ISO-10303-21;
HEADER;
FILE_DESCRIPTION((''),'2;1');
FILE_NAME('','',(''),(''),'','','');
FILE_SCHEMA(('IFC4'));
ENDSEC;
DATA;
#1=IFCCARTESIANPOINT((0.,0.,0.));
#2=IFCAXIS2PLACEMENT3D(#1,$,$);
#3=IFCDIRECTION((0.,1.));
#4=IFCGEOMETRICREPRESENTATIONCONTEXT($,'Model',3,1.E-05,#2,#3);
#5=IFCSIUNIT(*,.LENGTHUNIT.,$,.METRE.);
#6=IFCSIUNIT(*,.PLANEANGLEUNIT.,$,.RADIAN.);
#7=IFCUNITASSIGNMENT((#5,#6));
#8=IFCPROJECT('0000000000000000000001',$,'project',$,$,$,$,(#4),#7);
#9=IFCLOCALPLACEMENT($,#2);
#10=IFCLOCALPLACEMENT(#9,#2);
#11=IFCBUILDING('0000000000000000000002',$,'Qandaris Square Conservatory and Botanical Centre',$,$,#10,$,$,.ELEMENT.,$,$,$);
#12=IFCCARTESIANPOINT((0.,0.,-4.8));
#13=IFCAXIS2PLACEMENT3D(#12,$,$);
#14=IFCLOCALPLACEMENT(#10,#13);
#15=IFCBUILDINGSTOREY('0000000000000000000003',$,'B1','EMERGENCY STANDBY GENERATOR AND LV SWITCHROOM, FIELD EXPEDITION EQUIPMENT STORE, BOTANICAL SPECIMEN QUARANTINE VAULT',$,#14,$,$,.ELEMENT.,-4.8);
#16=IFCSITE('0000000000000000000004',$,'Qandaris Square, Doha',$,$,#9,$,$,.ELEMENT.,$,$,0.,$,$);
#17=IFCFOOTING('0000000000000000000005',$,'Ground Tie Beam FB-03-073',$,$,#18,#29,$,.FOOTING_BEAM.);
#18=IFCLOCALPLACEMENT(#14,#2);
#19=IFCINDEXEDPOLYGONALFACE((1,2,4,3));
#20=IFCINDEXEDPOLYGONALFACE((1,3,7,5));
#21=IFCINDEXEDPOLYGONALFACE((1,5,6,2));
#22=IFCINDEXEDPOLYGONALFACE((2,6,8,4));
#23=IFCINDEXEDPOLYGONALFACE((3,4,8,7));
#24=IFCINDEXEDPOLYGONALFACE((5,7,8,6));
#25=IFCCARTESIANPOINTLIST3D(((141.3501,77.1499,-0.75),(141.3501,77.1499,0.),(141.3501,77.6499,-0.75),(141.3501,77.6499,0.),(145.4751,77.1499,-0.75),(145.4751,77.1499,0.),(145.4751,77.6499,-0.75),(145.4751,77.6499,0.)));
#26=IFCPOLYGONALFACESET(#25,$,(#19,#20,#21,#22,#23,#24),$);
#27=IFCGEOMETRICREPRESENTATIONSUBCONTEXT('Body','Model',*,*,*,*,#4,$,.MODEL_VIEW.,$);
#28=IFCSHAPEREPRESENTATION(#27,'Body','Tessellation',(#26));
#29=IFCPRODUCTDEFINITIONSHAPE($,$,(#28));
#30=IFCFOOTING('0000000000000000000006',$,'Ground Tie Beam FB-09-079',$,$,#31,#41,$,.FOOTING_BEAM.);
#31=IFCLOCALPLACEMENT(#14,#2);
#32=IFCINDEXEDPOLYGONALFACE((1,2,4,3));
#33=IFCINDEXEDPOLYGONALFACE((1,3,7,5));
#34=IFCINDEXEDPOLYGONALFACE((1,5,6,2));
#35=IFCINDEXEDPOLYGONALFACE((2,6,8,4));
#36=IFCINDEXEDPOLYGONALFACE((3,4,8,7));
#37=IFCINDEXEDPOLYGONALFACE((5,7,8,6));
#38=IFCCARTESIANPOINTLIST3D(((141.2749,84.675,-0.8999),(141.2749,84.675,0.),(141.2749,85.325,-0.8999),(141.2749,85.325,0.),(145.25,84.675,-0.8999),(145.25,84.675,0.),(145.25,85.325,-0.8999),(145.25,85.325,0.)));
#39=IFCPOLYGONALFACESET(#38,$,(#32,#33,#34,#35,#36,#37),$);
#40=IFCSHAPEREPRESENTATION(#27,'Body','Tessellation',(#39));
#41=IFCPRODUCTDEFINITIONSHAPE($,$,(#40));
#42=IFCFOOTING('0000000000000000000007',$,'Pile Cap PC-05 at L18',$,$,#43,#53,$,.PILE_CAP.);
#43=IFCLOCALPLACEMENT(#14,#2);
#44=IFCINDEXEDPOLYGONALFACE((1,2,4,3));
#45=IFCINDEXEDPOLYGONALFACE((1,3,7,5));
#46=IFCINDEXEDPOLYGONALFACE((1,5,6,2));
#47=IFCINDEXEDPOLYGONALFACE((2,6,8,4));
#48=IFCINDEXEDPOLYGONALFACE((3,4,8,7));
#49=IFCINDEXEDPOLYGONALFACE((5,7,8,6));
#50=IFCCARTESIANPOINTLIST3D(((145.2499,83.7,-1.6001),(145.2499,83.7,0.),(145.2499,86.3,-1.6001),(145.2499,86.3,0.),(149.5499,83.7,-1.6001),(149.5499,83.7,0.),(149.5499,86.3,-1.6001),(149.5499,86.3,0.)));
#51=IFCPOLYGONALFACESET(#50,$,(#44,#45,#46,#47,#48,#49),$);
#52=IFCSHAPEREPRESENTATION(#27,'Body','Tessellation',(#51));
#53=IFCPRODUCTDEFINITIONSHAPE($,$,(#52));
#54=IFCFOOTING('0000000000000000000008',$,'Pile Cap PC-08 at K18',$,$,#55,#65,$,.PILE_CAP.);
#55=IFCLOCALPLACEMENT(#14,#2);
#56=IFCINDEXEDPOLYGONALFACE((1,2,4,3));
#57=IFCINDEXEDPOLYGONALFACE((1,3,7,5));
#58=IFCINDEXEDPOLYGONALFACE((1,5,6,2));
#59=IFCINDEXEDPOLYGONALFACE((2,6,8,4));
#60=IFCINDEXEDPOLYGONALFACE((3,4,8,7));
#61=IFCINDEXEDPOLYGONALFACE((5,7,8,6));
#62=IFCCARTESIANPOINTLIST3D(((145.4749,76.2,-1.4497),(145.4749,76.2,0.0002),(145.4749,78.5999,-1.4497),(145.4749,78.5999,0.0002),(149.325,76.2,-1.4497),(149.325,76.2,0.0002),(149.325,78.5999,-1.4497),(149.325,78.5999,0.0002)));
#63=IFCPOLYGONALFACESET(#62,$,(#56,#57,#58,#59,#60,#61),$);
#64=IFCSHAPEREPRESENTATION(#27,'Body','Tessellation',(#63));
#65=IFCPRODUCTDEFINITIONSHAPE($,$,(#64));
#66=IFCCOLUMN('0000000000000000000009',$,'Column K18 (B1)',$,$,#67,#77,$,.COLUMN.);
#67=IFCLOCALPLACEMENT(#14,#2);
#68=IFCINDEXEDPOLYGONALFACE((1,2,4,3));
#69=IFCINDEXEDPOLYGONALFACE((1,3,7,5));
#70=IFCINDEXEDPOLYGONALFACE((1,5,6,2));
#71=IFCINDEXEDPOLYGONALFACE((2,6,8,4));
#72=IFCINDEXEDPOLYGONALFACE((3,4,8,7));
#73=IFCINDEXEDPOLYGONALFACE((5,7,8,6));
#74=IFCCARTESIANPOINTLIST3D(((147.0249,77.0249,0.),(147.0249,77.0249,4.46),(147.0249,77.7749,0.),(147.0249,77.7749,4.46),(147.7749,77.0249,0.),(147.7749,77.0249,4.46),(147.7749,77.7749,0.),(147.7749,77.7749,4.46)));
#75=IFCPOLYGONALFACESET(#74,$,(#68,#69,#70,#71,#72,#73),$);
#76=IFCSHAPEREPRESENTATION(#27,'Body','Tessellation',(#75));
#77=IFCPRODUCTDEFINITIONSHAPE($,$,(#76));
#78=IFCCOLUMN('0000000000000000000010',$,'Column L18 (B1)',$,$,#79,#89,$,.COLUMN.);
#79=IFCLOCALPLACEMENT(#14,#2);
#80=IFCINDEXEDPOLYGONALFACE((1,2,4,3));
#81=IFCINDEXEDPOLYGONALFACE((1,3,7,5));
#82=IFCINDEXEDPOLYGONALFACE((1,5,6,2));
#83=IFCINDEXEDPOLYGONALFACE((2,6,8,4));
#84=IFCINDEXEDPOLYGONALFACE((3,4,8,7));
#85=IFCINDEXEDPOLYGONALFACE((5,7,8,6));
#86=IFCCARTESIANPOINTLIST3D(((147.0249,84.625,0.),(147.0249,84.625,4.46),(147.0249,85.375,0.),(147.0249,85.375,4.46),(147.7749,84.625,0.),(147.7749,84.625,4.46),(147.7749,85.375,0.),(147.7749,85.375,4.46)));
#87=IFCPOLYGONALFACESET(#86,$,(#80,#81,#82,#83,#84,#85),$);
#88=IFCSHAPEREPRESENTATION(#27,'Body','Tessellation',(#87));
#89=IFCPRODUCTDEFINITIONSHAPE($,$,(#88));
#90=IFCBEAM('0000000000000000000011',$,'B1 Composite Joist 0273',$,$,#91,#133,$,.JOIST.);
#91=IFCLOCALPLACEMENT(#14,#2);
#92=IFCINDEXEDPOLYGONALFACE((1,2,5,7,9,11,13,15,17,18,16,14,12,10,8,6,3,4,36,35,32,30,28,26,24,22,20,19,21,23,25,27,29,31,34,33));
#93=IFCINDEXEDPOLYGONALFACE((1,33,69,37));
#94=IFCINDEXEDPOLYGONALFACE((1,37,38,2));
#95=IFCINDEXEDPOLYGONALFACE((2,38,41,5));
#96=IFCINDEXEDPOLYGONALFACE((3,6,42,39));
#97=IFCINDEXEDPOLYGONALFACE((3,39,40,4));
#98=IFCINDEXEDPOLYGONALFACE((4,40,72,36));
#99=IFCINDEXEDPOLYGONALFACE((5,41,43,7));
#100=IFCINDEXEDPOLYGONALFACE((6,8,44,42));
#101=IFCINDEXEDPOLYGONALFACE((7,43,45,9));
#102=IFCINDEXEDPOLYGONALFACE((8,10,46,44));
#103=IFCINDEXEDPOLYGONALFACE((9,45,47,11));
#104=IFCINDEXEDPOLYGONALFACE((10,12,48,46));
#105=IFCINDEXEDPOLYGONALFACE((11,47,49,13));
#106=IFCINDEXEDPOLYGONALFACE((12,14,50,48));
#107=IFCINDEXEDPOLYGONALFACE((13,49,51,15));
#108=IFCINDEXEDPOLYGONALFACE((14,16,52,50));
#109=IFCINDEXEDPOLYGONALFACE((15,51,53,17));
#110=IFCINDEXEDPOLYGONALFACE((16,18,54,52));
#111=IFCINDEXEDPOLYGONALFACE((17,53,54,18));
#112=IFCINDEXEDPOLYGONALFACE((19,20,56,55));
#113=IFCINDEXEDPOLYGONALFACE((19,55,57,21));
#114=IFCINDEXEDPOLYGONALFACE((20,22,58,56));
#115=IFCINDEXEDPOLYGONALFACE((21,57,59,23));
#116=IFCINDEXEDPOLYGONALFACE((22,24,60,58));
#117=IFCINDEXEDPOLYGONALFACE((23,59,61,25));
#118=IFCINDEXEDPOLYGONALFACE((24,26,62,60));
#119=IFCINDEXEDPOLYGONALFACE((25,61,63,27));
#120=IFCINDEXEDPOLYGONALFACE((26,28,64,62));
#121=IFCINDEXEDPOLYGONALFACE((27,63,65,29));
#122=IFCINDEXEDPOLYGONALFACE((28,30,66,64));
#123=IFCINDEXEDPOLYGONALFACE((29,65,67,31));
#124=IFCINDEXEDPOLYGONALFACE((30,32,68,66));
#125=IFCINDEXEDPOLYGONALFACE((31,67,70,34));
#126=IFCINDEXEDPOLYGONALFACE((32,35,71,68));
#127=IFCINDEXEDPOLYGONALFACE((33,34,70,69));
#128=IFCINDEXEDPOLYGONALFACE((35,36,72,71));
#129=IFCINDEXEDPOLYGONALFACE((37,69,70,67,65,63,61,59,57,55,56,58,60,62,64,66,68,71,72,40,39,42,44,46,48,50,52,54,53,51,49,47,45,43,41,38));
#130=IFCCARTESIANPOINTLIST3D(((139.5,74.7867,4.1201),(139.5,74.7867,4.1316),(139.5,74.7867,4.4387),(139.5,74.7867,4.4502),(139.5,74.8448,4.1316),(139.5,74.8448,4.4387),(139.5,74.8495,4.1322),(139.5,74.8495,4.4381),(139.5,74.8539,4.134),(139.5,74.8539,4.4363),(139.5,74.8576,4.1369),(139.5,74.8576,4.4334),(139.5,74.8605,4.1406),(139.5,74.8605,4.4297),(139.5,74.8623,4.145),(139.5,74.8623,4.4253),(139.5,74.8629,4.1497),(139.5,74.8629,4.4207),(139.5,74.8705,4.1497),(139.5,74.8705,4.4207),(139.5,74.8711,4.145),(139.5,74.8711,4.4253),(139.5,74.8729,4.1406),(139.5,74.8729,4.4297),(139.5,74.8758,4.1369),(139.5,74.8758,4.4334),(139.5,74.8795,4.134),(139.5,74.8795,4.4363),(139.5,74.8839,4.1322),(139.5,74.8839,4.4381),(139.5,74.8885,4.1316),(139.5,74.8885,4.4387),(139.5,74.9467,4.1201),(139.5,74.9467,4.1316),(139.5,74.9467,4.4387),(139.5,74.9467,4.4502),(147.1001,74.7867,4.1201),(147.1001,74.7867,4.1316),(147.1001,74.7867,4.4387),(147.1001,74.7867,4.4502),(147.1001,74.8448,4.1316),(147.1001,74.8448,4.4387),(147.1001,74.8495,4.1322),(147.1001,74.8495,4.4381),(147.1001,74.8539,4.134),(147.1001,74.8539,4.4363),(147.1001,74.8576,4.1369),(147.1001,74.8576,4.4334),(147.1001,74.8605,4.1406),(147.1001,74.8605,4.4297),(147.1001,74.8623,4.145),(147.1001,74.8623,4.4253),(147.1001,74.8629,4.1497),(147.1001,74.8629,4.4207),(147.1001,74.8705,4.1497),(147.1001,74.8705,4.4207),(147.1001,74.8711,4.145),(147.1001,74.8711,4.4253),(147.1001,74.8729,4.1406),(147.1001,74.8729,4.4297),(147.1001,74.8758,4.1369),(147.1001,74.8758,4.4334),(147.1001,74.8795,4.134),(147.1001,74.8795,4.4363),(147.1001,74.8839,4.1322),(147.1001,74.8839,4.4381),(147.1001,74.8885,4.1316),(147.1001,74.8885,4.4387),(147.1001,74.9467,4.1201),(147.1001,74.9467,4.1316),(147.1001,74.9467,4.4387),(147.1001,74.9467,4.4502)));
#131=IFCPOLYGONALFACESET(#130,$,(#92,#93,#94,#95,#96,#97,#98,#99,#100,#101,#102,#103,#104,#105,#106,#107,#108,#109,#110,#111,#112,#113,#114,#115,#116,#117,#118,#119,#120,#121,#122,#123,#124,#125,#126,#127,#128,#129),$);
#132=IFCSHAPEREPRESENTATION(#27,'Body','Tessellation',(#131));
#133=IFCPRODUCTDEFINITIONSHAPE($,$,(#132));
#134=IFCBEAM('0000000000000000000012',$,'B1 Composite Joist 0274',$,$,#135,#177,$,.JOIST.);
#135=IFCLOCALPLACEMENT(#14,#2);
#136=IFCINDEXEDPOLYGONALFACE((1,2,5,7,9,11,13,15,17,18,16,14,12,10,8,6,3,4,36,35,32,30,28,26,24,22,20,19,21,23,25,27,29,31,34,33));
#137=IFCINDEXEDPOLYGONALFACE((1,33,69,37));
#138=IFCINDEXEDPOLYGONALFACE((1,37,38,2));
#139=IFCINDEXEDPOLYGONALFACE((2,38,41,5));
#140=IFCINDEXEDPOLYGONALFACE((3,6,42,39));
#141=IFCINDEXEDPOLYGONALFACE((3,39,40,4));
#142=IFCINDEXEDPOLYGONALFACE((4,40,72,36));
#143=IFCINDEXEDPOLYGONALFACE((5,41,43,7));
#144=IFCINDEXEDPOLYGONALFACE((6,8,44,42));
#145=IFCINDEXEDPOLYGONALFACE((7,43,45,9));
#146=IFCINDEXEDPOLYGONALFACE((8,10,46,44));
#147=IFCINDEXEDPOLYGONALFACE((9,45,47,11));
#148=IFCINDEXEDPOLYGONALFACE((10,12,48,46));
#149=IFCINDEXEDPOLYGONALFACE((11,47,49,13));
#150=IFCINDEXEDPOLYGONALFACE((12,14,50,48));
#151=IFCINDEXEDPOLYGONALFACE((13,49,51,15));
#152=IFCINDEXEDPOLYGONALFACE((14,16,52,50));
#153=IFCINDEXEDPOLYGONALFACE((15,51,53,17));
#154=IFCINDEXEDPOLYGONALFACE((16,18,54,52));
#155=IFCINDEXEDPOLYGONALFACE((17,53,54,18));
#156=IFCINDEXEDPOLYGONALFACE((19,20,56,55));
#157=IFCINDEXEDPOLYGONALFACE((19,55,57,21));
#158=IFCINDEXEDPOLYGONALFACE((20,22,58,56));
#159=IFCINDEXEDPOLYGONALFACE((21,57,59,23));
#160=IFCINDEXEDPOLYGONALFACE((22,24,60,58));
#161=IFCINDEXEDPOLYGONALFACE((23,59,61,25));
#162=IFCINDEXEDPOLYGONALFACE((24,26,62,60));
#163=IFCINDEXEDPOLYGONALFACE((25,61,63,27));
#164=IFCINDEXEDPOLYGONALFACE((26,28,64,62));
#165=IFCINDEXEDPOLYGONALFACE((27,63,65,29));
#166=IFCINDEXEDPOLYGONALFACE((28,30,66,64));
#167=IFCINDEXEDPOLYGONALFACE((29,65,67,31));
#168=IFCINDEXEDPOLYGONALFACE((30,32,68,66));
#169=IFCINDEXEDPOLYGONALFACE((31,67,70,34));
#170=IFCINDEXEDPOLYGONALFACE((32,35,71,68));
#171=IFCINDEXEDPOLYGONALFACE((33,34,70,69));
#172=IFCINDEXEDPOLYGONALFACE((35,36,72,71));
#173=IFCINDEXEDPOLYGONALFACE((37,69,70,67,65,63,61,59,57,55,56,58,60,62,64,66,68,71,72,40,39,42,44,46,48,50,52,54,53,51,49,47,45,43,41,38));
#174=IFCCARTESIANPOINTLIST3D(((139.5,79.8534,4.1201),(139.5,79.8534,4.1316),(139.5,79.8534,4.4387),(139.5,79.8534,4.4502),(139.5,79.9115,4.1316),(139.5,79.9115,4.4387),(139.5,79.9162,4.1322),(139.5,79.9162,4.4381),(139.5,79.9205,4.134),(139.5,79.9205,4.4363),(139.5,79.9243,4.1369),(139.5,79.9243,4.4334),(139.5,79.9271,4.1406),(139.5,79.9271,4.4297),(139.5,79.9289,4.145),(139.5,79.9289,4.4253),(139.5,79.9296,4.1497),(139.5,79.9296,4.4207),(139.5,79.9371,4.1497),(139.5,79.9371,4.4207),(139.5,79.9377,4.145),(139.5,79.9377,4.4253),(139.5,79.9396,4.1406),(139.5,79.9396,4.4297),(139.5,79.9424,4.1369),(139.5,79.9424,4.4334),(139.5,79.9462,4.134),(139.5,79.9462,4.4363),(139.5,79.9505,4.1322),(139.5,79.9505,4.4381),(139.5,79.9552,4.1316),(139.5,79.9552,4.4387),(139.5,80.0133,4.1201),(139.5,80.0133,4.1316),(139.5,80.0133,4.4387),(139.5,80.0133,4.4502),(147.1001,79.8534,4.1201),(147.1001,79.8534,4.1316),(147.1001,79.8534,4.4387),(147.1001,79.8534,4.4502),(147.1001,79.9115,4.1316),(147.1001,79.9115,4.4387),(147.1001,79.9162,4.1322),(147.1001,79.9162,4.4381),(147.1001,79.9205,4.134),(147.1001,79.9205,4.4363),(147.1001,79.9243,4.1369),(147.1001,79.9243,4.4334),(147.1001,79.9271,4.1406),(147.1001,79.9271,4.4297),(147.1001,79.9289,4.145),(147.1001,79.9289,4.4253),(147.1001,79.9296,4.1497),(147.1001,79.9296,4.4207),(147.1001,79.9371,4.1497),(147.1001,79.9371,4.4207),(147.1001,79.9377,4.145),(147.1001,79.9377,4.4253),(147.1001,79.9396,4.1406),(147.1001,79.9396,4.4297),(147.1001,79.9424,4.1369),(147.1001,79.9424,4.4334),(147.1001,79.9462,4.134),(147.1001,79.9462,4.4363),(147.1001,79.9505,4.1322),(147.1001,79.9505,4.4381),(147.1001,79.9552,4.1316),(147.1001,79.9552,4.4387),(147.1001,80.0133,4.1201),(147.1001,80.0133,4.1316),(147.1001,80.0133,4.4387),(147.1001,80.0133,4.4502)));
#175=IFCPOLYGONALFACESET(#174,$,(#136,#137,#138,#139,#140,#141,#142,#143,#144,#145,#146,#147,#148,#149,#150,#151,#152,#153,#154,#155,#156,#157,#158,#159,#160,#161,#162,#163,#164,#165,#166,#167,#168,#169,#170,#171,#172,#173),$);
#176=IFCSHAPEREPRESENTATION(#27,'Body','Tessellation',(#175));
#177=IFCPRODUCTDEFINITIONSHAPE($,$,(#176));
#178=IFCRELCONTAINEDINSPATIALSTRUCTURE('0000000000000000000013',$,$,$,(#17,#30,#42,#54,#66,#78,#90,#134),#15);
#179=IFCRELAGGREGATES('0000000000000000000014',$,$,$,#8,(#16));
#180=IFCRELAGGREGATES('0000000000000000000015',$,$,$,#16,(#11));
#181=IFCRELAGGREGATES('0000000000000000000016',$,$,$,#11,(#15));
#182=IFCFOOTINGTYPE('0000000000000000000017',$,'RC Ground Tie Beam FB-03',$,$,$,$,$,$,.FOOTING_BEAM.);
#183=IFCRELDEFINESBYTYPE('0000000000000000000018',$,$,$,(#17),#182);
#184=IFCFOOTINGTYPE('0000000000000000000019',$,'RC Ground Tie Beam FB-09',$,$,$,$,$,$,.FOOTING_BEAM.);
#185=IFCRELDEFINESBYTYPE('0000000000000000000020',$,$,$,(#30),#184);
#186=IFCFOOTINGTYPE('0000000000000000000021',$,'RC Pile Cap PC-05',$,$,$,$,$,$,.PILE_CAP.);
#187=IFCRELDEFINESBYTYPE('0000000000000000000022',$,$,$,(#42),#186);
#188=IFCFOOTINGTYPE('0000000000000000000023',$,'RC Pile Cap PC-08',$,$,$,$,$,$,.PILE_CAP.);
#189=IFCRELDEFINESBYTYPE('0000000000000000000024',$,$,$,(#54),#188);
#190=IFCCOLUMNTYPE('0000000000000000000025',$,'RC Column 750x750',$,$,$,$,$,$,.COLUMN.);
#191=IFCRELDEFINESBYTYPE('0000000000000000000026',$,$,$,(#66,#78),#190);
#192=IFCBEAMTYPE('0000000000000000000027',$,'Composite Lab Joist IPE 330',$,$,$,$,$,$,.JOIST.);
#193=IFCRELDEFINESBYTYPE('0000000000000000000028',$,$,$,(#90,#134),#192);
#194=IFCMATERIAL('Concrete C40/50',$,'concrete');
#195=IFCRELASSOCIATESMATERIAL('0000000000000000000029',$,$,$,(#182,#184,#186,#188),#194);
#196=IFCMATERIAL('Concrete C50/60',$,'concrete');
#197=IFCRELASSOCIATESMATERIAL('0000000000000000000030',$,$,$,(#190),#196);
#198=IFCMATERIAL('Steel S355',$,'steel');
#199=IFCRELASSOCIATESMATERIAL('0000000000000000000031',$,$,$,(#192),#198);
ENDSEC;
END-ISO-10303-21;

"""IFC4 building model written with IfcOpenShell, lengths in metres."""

from ifc_helpers import new_model, si_unit, direction, frame, origin, origin_2d, place, context, subcontext, project, spatial, rectangle, i_section, extrude, material, material_profile, profile_set, type_object, element, save


model = new_model("IFC4")

# Units and contexts
model_context = context("Model", 3, precision=1e-05, world=origin(), true_north=direction((0.0, 1.0)))
body_context = subcontext(model_context, "Body", "Model", "MODEL_VIEW")
ifc_project = project(units=[si_unit("LENGTHUNIT", "METRE"), si_unit("PLANEANGLEUNIT", "RADIAN")], contexts=[model_context])

# Site, building, storey
site_placement = place(None, origin())
site = spatial("IfcSite", under=ifc_project, at=site_placement, Name="Qandaris Square, Doha", CompositionType="ELEMENT", RefElevation=0.0)
building_placement = place(site_placement, origin())
building = spatial("IfcBuilding", under=site, at=building_placement, Name="Qandaris Square Conservatory and Botanical Centre", CompositionType="ELEMENT")
storey_placement = place(building_placement, frame((0.0, 0.0, -4.8)))
storey = spatial("IfcBuildingStorey", under=building, at=storey_placement, Name="B1", Description="EMERGENCY STANDBY GENERATOR AND LV SWITCHROOM, FIELD EXPEDITION EQUIPMENT STORE, BOTANICAL SPECIMEN QUARANTINE VAULT", CompositionType="ELEMENT", Elevation=-4.8)

# Shared definitions
ifc_material_1 = material(Name="Concrete C50/60", Category="concrete")

# Footings
ifc_material_2 = material(Name="Concrete C40/50", Category="concrete")
ifc_material_profile_1 = material_profile(ifc_material_2, rectangle(XDim=0.5, YDim=0.75, at=origin_2d()), Name="FB 500x750")
ifc_profile_set_1 = profile_set([ifc_material_profile_1], Name="Concrete C40/50")
footing_type_1 = type_object("IfcFootingType", Name="RC Ground Tie Beam FB-03", PredefinedType="FOOTING_BEAM", material=ifc_profile_set_1)
footing_1_placement = place(storey_placement, frame((141.3501, 77.3999, -0.375), z_axis=(1.0, 0.0, 0.0), x_axis=(0.0, 1.0, 0.0)))
element("IfcFooting", 1, at=footing_1_placement, inside=storey, type_object=footing_type_1, Name="Ground Tie Beam FB-03-073", PredefinedType="FOOTING_BEAM", context=body_context, shape_type="SweptSolid", body=[
    extrude(rectangle(XDim=0.5, YDim=0.75, at=origin_2d()), origin(), (0.0, 0.0, 1.0), 4.125),
])
ifc_material_profile_2 = material_profile(ifc_material_2, rectangle(XDim=0.6499, YDim=0.8999, at=origin_2d()), Name="FB 650x900")
ifc_profile_set_2 = profile_set([ifc_material_profile_2], Name="Concrete C40/50")
footing_type_2 = type_object("IfcFootingType", Name="RC Ground Tie Beam FB-09", PredefinedType="FOOTING_BEAM", material=ifc_profile_set_2)
footing_2_placement = place(storey_placement, frame((141.2749, 85.0, -0.45), z_axis=(1.0, 0.0, 0.0), x_axis=(0.0, 1.0, 0.0)))
element("IfcFooting", 2, at=footing_2_placement, inside=storey, type_object=footing_type_2, Name="Ground Tie Beam FB-09-079", PredefinedType="FOOTING_BEAM", context=body_context, shape_type="SweptSolid", body=[
    extrude(rectangle(XDim=0.6499, YDim=0.8999, at=origin_2d()), origin(), (0.0, 0.0, 1.0), 3.9751),
])
footing_type_3 = type_object("IfcFootingType", Name="RC Pile Cap PC-05", PredefinedType="PILE_CAP", material=ifc_material_2)
footing_3_placement = place(storey_placement, frame((147.3999, 85.0, -1.6001), z_axis=(0.0, 0.0, 1.0), x_axis=(1.0, 0.0, 0.0)))
element("IfcFooting", 3, at=footing_3_placement, inside=storey, type_object=footing_type_3, Name="Pile Cap PC-05 at L18", PredefinedType="PILE_CAP", context=body_context, shape_type="SweptSolid", body=[
    extrude(rectangle(XDim=4.3, YDim=2.6001, at=origin_2d()), origin(), (0.0, 0.0, 1.0), 1.6001),
])
footing_type_4 = type_object("IfcFootingType", Name="RC Pile Cap PC-08", PredefinedType="PILE_CAP", material=ifc_material_2)
footing_4_placement = place(storey_placement, frame((147.3999, 77.3999, -1.4497), z_axis=(0.0, 0.0, 1.0), x_axis=(1.0, 0.0, 0.0)))
element("IfcFooting", 4, at=footing_4_placement, inside=storey, type_object=footing_type_4, Name="Pile Cap PC-08 at K18", PredefinedType="PILE_CAP", context=body_context, shape_type="SweptSolid", body=[
    extrude(rectangle(XDim=3.8501, YDim=2.3999, at=origin_2d()), origin(), (0.0, 0.0, 1.0), 1.45),
])

# Columns
ifc_material_profile_3 = material_profile(ifc_material_1, rectangle(XDim=0.75, YDim=0.75, at=origin_2d()), Name="RC-COL 750x750")
ifc_profile_set_3 = profile_set([ifc_material_profile_3], Name="Concrete C50/60")
column_type = type_object("IfcColumnType", Name="RC Column 750x750", PredefinedType="COLUMN", material=ifc_profile_set_3)
for number, where, z_axis, x_axis, name in (
    (5, (147.3999, 77.3999, 0.0), (0.0, 0.0, 1.0), (1.0, 0.0, 0.0), "Column K18 (B1)"),
    (6, (147.3999, 85.0, 0.0), (0.0, 0.0, 1.0), (1.0, 0.0, 0.0), "Column L18 (B1)"),
):
    element("IfcColumn", number, at=place(storey_placement, frame(where, z_axis=z_axis, x_axis=x_axis)), inside=storey, type_object=column_type, Name=name, PredefinedType="COLUMN", context=body_context, shape_type="SweptSolid", body=[
        extrude(rectangle(XDim=0.75, YDim=0.75, at=origin_2d()), origin(), (0.0, 0.0, 1.0), 4.46),
    ])

# Beams
ifc_material_3 = material(Name="Steel S355", Category="steel")
ifc_material_profile_4 = material_profile(ifc_material_3, i_section(OverallWidth=0.1599, OverallDepth=0.3301, WebThickness=0.0076, FlangeThickness=0.0115, FilletRadius=0.0181, at=origin_2d()), Name="IPE 330")
ifc_profile_set_4 = profile_set([ifc_material_profile_4], Name="Steel S355")
beam_type_1 = type_object("IfcBeamType", Name="Composite Lab Joist IPE 330", PredefinedType="JOIST", material=ifc_profile_set_4)
for number, where, z_axis, x_axis, name in (
    (7, (139.5, 74.8667, 4.2852), (1.0, 0.0, 0.0), (0.0, 1.0, 0.0), "B1 Composite Joist 0273"),
    (8, (139.5, 79.9333, 4.2852), (1.0, 0.0, 0.0), (0.0, 1.0, 0.0), "B1 Composite Joist 0274"),
):
    element("IfcBeam", number, at=place(storey_placement, frame(where, z_axis=z_axis, x_axis=x_axis)), inside=storey, type_object=beam_type_1, Name=name, PredefinedType="JOIST", context=body_context, shape_type="SweptSolid", body=[
        extrude(i_section(OverallWidth=0.1599, OverallDepth=0.3301, WebThickness=0.0076, FlangeThickness=0.0115, FilletRadius=0.0181, at=origin_2d()), origin(), (0.0, 0.0, 1.0), 7.6001),
    ])

save(model, "model.ifc")
